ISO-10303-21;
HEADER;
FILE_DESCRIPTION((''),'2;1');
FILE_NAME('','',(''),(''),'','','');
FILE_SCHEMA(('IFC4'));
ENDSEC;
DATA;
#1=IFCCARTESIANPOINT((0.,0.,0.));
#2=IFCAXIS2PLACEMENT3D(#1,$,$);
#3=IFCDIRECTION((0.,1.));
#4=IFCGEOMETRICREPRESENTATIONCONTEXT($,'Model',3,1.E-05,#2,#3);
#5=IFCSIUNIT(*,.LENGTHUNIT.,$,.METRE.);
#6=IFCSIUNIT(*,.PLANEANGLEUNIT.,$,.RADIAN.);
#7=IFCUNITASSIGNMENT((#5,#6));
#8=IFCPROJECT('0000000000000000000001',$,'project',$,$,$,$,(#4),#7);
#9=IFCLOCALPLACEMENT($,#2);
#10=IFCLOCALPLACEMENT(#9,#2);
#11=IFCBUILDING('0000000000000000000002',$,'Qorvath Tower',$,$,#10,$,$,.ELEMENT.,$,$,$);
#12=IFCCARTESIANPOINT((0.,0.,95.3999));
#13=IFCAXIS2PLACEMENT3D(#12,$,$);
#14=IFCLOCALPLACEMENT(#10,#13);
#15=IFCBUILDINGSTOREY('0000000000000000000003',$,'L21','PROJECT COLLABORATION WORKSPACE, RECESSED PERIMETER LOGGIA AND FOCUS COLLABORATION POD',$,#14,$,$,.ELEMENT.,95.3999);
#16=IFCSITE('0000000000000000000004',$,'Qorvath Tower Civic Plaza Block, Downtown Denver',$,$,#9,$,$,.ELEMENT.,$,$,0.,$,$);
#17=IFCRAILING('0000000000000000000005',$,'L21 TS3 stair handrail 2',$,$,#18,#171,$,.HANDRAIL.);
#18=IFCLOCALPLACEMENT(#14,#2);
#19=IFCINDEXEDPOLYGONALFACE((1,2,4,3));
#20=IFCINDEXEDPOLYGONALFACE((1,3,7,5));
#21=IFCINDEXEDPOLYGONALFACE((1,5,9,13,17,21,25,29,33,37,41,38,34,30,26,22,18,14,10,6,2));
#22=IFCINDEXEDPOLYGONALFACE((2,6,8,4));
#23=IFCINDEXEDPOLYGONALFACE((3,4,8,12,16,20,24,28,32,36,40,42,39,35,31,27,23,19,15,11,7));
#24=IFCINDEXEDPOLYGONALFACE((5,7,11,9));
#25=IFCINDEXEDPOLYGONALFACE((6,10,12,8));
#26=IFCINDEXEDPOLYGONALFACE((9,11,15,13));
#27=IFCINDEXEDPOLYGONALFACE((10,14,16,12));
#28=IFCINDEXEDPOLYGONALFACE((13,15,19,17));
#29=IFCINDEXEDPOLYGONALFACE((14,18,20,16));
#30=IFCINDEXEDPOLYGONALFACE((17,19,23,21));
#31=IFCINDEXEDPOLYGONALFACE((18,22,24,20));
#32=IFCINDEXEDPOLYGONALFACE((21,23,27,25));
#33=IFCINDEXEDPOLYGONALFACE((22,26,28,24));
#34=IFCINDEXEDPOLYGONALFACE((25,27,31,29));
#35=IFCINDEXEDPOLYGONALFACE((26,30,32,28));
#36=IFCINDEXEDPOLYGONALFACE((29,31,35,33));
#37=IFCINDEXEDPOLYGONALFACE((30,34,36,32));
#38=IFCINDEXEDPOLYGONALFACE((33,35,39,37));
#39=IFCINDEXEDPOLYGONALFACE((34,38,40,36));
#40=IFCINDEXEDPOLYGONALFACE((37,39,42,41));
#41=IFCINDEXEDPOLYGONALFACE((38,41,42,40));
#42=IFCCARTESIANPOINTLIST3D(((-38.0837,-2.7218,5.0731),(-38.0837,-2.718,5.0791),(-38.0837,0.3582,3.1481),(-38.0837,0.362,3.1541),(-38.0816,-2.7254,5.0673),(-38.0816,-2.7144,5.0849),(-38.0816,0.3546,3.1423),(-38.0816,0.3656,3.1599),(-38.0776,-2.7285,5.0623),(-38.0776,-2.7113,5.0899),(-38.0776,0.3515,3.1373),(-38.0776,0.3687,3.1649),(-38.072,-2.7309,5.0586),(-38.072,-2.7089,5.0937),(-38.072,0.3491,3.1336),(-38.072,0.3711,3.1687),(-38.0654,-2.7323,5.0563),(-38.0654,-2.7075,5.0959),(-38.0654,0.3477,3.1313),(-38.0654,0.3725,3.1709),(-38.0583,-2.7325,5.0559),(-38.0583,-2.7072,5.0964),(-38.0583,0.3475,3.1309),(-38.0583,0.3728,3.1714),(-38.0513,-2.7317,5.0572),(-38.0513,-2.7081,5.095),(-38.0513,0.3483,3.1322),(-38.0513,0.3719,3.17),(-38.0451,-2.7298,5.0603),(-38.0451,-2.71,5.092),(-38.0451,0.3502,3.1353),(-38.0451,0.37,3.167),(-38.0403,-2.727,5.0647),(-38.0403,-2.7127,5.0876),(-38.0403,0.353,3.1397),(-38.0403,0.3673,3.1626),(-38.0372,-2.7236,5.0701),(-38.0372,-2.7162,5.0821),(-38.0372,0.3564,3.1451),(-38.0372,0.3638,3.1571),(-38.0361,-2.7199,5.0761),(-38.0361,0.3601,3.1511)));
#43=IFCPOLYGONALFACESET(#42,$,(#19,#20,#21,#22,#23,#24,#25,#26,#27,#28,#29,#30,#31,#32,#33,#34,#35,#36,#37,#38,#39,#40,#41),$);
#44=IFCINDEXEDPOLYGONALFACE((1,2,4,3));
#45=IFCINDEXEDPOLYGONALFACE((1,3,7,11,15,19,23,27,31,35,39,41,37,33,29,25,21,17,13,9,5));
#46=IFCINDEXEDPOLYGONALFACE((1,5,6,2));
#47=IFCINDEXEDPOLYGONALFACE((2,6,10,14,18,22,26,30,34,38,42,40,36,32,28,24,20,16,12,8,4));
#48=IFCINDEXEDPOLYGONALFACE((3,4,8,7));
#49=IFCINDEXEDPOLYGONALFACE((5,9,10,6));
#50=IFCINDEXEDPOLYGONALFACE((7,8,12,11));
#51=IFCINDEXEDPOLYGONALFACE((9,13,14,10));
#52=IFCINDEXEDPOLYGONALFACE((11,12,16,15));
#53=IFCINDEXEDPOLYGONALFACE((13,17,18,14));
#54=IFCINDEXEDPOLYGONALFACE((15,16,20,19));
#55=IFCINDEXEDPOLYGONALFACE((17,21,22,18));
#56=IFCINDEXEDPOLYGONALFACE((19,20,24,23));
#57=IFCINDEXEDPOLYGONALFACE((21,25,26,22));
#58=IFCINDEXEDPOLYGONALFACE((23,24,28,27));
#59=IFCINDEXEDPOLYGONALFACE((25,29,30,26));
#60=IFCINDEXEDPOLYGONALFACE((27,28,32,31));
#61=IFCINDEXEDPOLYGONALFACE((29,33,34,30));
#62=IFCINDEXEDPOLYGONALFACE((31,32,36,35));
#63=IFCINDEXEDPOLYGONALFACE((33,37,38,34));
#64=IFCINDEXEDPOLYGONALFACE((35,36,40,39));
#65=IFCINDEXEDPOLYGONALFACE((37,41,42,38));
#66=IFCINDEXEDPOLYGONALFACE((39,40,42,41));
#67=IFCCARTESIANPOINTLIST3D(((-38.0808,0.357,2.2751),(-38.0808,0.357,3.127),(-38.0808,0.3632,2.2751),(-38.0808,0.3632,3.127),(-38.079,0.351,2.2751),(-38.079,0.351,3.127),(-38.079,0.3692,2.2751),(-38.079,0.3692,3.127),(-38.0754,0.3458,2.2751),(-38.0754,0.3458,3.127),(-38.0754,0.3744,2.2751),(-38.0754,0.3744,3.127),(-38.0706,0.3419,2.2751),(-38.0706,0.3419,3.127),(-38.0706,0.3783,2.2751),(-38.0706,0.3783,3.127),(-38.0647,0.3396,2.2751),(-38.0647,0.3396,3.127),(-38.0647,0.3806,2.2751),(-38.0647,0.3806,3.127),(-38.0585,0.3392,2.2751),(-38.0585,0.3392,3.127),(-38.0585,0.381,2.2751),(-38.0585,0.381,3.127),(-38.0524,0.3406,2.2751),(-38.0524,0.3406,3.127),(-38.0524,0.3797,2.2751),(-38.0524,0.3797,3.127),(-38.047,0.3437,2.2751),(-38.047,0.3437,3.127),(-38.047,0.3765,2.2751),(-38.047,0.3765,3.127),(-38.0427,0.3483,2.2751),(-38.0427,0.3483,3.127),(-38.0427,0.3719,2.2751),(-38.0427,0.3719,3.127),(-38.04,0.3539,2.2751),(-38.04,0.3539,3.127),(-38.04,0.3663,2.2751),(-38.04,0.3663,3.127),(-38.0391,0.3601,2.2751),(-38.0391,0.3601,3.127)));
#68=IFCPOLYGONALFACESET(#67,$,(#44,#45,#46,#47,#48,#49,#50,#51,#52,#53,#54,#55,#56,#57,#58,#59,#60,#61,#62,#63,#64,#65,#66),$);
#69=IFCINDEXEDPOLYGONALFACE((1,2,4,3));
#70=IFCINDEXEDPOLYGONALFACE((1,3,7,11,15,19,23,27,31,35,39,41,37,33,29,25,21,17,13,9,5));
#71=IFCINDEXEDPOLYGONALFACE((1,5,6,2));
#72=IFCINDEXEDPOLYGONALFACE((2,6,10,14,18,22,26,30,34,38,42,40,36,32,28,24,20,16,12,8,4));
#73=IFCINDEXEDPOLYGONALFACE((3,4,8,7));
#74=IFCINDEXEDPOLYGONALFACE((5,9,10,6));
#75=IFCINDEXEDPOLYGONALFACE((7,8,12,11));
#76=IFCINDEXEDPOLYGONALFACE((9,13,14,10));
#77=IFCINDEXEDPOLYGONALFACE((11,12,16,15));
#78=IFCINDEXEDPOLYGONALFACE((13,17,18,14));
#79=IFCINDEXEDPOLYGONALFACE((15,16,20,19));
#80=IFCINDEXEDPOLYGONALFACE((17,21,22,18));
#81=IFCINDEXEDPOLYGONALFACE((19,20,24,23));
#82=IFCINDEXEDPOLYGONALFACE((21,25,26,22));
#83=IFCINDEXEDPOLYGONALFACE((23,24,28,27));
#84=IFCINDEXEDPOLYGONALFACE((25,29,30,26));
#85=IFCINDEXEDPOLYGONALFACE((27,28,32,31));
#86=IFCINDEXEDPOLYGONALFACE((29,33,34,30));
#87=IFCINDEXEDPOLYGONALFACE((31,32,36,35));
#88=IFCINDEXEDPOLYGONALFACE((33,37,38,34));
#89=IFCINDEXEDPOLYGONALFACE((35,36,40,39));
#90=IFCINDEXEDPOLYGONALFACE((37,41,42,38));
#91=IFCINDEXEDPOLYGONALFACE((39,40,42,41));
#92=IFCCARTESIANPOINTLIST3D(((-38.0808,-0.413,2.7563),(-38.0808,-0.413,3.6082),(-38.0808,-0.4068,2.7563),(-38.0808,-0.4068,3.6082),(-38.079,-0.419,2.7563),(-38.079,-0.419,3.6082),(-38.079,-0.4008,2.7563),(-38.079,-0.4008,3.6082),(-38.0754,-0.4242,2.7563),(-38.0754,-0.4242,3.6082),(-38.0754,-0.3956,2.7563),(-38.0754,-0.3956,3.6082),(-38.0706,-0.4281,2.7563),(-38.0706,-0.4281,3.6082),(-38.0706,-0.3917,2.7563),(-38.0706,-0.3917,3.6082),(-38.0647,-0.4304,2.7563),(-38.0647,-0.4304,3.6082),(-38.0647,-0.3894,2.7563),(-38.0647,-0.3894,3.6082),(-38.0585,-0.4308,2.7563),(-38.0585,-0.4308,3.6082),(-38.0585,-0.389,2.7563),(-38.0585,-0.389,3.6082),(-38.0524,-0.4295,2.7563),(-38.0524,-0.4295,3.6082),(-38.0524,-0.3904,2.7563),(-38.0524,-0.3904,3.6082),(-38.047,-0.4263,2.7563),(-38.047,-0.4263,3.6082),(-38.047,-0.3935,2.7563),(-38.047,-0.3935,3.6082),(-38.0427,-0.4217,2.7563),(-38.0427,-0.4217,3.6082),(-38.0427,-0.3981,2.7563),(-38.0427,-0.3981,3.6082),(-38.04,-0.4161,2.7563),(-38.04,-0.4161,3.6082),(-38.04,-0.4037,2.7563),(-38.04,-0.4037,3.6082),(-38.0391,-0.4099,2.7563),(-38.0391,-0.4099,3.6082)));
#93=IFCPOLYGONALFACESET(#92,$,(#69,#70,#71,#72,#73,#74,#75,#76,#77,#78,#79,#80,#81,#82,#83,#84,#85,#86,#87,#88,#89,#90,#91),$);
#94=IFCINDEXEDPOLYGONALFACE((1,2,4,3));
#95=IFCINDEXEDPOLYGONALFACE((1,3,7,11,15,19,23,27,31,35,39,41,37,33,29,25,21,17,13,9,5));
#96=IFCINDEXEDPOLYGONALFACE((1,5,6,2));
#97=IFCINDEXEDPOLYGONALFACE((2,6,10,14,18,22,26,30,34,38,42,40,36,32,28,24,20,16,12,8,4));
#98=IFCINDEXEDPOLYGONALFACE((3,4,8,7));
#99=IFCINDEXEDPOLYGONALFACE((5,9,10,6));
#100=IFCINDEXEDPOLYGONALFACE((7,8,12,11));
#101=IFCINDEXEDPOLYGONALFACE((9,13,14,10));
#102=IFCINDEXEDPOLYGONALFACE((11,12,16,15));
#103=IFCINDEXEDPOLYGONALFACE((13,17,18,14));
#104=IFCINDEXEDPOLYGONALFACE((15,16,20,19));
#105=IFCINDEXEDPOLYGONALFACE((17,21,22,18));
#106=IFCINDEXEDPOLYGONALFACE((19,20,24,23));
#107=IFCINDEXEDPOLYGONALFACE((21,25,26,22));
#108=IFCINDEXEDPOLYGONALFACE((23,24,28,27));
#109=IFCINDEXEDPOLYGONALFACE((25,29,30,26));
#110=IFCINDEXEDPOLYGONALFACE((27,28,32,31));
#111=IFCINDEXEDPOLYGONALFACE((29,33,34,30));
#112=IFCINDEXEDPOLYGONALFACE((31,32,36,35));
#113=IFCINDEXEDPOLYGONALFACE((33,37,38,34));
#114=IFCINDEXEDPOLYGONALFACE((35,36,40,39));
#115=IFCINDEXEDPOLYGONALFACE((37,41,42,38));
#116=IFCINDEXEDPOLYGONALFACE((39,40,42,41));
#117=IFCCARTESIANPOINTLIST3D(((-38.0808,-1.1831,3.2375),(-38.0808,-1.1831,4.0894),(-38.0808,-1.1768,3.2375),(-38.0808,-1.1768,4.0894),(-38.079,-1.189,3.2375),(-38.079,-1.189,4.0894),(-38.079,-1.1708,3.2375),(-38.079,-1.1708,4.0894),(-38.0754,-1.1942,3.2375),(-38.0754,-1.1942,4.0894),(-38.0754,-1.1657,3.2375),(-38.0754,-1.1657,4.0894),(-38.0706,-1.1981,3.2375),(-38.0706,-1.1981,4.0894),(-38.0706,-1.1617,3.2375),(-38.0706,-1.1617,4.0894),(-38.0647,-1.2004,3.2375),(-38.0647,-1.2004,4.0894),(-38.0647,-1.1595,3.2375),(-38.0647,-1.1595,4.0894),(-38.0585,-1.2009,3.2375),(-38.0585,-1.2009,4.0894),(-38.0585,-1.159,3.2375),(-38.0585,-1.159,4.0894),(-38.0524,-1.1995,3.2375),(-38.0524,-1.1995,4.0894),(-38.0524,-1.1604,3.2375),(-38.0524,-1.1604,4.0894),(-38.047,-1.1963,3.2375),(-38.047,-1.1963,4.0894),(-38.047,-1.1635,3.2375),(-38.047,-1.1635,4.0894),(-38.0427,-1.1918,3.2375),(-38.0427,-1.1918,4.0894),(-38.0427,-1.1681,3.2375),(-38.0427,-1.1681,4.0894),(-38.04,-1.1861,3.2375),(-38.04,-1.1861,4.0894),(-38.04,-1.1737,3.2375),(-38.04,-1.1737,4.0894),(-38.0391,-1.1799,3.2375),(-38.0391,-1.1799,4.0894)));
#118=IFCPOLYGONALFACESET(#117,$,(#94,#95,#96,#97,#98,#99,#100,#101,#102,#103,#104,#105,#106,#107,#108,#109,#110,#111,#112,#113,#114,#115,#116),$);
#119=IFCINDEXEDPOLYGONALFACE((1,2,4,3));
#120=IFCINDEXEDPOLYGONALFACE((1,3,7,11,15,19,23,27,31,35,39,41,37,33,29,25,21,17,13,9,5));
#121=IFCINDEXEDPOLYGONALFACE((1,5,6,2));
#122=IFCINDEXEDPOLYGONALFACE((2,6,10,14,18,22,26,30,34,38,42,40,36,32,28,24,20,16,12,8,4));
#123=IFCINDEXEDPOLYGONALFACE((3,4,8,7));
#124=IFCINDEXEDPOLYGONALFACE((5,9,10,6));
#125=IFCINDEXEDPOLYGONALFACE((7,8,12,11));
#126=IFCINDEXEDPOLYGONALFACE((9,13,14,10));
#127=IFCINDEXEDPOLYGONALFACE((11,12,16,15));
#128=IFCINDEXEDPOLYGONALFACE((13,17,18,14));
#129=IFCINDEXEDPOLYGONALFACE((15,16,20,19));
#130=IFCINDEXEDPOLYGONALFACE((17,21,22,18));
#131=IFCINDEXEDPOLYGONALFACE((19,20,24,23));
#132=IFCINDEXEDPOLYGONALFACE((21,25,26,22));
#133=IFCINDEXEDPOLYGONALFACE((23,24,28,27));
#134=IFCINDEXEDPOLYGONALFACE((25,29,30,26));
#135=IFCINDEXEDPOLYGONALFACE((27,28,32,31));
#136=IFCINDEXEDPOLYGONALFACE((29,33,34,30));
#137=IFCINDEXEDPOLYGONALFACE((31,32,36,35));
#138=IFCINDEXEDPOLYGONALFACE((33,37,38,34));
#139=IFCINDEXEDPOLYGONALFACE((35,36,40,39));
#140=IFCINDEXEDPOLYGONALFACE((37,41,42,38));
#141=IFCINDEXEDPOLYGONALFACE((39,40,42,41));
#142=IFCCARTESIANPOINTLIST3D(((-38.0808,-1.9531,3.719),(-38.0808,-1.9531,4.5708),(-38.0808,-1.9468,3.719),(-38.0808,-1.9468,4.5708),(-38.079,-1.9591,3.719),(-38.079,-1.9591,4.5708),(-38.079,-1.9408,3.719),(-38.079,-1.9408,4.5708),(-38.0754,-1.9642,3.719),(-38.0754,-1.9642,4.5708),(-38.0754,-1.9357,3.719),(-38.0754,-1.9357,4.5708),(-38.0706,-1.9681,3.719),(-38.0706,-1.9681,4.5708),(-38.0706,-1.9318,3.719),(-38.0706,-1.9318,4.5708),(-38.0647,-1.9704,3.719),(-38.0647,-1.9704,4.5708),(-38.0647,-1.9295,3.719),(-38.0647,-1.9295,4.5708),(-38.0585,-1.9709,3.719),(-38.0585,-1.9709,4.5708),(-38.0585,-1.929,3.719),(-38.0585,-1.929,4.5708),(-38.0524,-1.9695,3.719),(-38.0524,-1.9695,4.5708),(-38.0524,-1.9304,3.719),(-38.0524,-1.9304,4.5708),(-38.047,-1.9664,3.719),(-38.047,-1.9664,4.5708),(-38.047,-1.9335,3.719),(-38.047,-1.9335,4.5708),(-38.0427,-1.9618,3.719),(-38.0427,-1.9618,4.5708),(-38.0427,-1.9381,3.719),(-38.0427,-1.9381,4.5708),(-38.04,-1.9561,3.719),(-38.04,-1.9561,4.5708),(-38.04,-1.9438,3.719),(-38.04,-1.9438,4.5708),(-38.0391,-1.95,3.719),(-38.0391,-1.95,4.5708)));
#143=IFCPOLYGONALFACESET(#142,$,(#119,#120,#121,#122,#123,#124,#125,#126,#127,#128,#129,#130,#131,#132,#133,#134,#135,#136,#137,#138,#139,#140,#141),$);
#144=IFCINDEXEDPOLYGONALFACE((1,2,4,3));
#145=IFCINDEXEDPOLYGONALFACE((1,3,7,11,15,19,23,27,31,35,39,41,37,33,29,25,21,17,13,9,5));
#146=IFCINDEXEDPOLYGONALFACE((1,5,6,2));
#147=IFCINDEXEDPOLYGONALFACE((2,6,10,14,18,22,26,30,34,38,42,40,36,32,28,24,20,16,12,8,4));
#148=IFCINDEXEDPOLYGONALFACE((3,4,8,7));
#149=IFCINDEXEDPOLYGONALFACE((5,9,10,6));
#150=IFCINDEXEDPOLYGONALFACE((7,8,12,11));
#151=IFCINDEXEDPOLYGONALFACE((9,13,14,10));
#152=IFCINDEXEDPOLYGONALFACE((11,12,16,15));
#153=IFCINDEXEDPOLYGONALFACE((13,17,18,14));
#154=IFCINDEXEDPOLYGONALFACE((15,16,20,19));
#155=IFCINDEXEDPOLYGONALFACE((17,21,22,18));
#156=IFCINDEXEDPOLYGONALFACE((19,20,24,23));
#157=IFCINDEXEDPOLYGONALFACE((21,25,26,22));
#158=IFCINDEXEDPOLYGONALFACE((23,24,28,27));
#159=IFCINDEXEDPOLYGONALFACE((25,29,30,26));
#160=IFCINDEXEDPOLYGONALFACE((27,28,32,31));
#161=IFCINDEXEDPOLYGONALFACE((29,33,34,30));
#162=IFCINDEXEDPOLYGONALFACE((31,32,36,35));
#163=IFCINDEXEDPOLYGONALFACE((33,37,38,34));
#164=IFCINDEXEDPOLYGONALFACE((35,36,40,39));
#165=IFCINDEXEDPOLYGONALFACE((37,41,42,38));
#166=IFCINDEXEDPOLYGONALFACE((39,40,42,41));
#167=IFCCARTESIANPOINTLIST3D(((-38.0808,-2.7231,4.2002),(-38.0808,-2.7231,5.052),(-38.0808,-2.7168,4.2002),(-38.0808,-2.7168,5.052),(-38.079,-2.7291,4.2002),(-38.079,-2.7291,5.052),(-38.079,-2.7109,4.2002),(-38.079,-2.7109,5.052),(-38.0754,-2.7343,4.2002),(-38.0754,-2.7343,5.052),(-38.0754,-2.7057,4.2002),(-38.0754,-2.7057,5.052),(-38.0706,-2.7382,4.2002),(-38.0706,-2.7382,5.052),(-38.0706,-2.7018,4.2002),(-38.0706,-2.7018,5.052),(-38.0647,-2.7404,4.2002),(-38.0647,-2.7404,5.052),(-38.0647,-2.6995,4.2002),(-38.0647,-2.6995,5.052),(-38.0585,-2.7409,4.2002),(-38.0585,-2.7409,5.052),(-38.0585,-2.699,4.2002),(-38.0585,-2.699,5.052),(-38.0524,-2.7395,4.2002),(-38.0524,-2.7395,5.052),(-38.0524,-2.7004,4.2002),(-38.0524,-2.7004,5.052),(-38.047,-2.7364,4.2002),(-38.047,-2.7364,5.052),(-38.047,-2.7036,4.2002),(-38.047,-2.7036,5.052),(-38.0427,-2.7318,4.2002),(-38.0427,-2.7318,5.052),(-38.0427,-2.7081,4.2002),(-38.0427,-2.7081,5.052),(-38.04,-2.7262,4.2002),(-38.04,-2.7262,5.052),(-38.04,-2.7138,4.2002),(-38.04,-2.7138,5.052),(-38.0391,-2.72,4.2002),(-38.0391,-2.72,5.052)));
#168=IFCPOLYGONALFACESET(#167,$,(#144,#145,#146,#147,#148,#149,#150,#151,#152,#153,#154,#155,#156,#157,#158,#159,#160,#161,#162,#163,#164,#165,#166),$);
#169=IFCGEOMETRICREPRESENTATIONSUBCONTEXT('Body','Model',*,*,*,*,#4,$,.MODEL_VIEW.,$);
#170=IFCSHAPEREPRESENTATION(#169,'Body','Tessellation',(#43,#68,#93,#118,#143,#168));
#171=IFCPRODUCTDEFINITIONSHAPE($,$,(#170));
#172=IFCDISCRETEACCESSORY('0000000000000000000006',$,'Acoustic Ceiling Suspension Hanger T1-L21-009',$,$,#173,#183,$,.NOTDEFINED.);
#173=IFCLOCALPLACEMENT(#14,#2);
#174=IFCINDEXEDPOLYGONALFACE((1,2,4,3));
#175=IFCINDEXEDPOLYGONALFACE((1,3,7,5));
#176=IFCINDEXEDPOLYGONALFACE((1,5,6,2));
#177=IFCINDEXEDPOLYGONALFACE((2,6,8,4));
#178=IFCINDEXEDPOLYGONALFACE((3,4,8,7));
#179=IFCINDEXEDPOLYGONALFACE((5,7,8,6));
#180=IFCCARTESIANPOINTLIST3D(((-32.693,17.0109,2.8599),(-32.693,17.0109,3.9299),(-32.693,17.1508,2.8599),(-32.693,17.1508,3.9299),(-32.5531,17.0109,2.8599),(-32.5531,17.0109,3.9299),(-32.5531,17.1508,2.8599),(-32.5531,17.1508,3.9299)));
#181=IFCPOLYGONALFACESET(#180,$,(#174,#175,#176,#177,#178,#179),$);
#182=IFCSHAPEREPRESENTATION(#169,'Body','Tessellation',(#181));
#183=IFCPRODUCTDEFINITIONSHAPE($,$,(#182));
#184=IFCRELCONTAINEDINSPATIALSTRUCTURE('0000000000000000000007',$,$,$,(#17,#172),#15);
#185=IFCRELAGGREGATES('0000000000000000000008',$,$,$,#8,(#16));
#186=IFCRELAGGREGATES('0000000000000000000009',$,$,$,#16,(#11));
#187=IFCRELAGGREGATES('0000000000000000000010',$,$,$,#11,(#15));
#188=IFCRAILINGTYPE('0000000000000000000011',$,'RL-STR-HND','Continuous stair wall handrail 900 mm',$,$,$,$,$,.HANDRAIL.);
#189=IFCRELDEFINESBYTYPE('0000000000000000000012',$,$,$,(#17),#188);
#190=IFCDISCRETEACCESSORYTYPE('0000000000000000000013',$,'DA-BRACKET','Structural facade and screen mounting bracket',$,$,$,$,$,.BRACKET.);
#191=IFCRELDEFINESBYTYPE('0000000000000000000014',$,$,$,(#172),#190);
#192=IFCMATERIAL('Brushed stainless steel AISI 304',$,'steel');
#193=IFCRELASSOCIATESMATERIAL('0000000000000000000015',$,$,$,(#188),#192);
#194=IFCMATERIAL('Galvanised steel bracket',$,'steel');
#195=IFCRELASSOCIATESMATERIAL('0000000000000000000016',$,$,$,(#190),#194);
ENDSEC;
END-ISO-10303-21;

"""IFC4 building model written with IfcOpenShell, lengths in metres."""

from ifc_helpers import new_model, si_unit, direction, frame, origin, origin_2d, place, context, subcontext, project, spatial, rectangle, circle, extrude, material, type_object, element, save


model = new_model("IFC4")

# Units and contexts
model_context = context("Model", 3, precision=1e-05, world=origin(), true_north=direction((0.0, 1.0)))
body_context = subcontext(model_context, "Body", "Model", "MODEL_VIEW")
ifc_project = project(units=[si_unit("LENGTHUNIT", "METRE"), si_unit("PLANEANGLEUNIT", "RADIAN")], contexts=[model_context])

# Site, building, storey
site_placement = place(None, origin())
site = spatial("IfcSite", under=ifc_project, at=site_placement, Name="Qorvath Tower Civic Plaza Block, Downtown Denver", CompositionType="ELEMENT", RefElevation=0.0)
building_placement = place(site_placement, origin())
building = spatial("IfcBuilding", under=site, at=building_placement, Name="Qorvath Tower", CompositionType="ELEMENT")
storey_placement = place(building_placement, frame((0.0, 0.0, 95.3999)))
storey = spatial("IfcBuildingStorey", under=building, at=storey_placement, Name="L21", Description="PROJECT COLLABORATION WORKSPACE, RECESSED PERIMETER LOGGIA AND FOCUS COLLABORATION POD", CompositionType="ELEMENT", Elevation=95.3999)

# Railing
ifc_material_1 = material(Name="Brushed stainless steel AISI 304", Category="steel")
railing_type_1 = type_object("IfcRailingType", Name="RL-STR-HND", Description="Continuous stair wall handrail 900 mm", PredefinedType="HANDRAIL", material=ifc_material_1)
railing_1_placement = place(storey_placement, frame((-38.0601, 0.3601, 2.2751)))
element("IfcRailing", 1, at=railing_1_placement, inside=storey, type_object=railing_type_1, Name="L21 TS3 stair handrail 2", PredefinedType="HANDRAIL", context=body_context, shape_type="SweptSolid", body=[
    extrude(circle(Radius=0.0239, at=origin_2d()), frame((0.0, 0.0, 0.876), z_axis=(0.0, -0.847998, 0.529999), x_axis=(1.0, 0.0, 0.0)), (0.0, 0.0, 1.0), 3.6321),
    extrude(circle(Radius=0.021, at=origin_2d()), origin(), (0.0, 0.0, 1.0), 0.8518),
    extrude(circle(Radius=0.021, at=origin_2d()), frame((0.0, -0.77, 0.4812)), (0.0, 0.0, 1.0), 0.8518),
    extrude(circle(Radius=0.021, at=origin_2d()), frame((0.0, -1.54, 0.9624)), (0.0, 0.0, 1.0), 0.8518),
    extrude(circle(Radius=0.021, at=origin_2d()), frame((0.0, -2.3101, 1.4438)), (0.0, 0.0, 1.0), 0.8518),
    extrude(circle(Radius=0.021, at=origin_2d()), frame((0.0, -3.0801, 1.925)), (0.0, 0.0, 1.0), 0.8518),
])

# Discrete accessory
ifc_material_2 = material(Name="Galvanised steel bracket", Category="steel")
discrete_accessory_type = type_object("IfcDiscreteAccessoryType", Name="DA-BRACKET", Description="Structural facade and screen mounting bracket", PredefinedType="BRACKET", material=ifc_material_2)
discrete_accessory_placement = place(storey_placement, frame((-32.623, 17.0808, 2.8599), z_axis=(0.0, 0.0, 1.0), x_axis=(1.0, 0.0, 0.0)))
element("IfcDiscreteAccessory", 2, at=discrete_accessory_placement, inside=storey, type_object=discrete_accessory_type, Name="Acoustic Ceiling Suspension Hanger T1-L21-009", PredefinedType="NOTDEFINED", context=body_context, shape_type="SweptSolid", body=[
    extrude(rectangle(XDim=0.1399, YDim=0.1399, at=origin_2d()), origin(), (0.0, 0.0, 1.0), 1.0701),
])

save(model, "model.ifc")
